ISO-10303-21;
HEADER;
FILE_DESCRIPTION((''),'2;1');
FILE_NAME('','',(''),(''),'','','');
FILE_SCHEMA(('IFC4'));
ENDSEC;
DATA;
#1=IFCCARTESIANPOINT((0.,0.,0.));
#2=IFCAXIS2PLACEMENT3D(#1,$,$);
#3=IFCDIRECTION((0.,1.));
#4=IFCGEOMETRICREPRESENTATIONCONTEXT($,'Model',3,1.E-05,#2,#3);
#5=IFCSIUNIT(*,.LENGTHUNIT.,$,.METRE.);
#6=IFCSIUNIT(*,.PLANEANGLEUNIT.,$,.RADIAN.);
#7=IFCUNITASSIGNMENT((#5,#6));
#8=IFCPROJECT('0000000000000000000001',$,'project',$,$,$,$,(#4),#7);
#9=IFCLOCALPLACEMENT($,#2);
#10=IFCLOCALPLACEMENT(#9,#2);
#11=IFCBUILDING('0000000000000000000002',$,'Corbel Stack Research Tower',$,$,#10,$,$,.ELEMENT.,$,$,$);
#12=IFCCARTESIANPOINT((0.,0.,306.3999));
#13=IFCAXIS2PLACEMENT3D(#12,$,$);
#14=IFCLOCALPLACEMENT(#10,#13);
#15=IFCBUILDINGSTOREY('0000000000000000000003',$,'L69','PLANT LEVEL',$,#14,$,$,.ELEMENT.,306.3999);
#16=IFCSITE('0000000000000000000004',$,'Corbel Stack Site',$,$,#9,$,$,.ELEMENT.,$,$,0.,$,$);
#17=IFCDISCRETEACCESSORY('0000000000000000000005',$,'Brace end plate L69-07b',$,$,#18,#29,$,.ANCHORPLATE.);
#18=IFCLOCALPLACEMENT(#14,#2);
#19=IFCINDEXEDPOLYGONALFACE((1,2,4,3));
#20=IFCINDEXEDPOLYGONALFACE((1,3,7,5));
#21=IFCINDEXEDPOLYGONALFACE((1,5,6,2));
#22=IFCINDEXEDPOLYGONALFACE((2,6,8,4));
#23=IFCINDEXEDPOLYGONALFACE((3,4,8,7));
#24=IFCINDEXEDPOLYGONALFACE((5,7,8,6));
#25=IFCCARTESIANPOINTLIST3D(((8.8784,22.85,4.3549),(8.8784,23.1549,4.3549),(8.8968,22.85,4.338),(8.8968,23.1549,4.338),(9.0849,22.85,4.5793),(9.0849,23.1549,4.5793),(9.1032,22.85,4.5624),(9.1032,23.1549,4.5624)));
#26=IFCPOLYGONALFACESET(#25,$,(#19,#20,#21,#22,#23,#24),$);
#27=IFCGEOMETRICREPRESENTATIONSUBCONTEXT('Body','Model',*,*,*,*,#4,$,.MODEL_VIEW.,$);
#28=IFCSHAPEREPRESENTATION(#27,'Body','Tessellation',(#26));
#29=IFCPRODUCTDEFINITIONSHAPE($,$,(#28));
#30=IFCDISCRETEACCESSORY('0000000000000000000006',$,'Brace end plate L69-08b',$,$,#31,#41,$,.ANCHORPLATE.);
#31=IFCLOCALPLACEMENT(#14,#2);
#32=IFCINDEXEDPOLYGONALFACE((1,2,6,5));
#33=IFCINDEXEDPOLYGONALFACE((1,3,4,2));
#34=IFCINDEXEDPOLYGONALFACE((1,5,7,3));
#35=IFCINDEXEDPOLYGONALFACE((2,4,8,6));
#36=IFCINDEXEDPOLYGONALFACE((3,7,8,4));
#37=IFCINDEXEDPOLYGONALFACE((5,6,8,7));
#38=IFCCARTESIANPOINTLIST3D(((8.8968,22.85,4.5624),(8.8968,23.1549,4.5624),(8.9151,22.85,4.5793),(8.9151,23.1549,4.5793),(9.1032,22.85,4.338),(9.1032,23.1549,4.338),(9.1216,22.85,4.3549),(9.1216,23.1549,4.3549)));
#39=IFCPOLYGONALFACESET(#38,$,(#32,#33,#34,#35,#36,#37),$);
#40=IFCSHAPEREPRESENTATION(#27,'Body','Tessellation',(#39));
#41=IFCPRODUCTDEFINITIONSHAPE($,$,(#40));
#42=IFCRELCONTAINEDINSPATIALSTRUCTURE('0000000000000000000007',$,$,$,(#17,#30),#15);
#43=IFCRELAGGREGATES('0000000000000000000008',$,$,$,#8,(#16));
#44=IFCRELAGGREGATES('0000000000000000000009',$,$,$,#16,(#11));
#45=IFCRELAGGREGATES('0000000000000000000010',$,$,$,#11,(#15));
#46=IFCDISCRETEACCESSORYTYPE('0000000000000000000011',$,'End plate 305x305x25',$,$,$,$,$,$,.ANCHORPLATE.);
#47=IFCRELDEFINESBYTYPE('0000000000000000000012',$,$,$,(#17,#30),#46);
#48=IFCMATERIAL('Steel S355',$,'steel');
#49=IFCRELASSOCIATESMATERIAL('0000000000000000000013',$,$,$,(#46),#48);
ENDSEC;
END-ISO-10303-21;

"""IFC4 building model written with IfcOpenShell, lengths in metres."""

from ifc_helpers import new_model, si_unit, direction, frame, origin, origin_2d, place, context, subcontext, project, spatial, rectangle, extrude, material, material_profile, profile_set, type_object, element, save


model = new_model("IFC4")

# Units and contexts
model_context = context("Model", 3, precision=1e-05, world=origin(), true_north=direction((0.0, 1.0)))
body_context = subcontext(model_context, "Body", "Model", "MODEL_VIEW")
ifc_project = project(units=[si_unit("LENGTHUNIT", "METRE"), si_unit("PLANEANGLEUNIT", "RADIAN")], contexts=[model_context])

# Site, building, storey
site_placement = place(None, origin())
site = spatial("IfcSite", under=ifc_project, at=site_placement, Name="Corbel Stack Site", CompositionType="ELEMENT", RefElevation=0.0)
building_placement = place(site_placement, origin())
building = spatial("IfcBuilding", under=site, at=building_placement, Name="Corbel Stack Research Tower", CompositionType="ELEMENT")
storey_placement = place(building_placement, frame((0.0, 0.0, 306.3999)))
storey = spatial("IfcBuildingStorey", under=building, at=storey_placement, Name="L69", Description="PLANT LEVEL", CompositionType="ELEMENT", Elevation=306.3999)

# Discrete accessories
ifc_material_1 = material(Name="Steel S355", Category="steel")
ifc_material_profile_1 = material_profile(ifc_material_1, rectangle(XDim=0.3049, YDim=0.3049, at=origin_2d()), Name="End plate 305x305x25")
ifc_profile_set_1 = profile_set([ifc_material_profile_1], Name="Steel S355")
discrete_accessory_type = type_object("IfcDiscreteAccessoryType", Name="End plate 305x305x25", PredefinedType="ANCHORPLATE", material=ifc_profile_set_1)
for number, where, z_axis, x_axis, name in (
    (1, (9.0, 23.0024, 4.4502), (-0.735931, 0.0, 0.677057), (0.0, -1.0, 0.0), "Brace end plate L69-07b"),
    (2, (9.0, 23.0024, 4.4502), (0.735931, 0.0, 0.677057), (0.0, 1.0, 0.0), "Brace end plate L69-08b"),
):
    element("IfcDiscreteAccessory", number, at=place(storey_placement, frame(where, z_axis=z_axis, x_axis=x_axis)), inside=storey, type_object=discrete_accessory_type, Name=name, PredefinedType="ANCHORPLATE", context=body_context, shape_type="SweptSolid", body=[
        extrude(rectangle(XDim=0.3049, YDim=0.3049, at=origin_2d()), origin(), (0.0, 0.0, 1.0), 0.0249),
    ])

save(model, "model.ifc")
